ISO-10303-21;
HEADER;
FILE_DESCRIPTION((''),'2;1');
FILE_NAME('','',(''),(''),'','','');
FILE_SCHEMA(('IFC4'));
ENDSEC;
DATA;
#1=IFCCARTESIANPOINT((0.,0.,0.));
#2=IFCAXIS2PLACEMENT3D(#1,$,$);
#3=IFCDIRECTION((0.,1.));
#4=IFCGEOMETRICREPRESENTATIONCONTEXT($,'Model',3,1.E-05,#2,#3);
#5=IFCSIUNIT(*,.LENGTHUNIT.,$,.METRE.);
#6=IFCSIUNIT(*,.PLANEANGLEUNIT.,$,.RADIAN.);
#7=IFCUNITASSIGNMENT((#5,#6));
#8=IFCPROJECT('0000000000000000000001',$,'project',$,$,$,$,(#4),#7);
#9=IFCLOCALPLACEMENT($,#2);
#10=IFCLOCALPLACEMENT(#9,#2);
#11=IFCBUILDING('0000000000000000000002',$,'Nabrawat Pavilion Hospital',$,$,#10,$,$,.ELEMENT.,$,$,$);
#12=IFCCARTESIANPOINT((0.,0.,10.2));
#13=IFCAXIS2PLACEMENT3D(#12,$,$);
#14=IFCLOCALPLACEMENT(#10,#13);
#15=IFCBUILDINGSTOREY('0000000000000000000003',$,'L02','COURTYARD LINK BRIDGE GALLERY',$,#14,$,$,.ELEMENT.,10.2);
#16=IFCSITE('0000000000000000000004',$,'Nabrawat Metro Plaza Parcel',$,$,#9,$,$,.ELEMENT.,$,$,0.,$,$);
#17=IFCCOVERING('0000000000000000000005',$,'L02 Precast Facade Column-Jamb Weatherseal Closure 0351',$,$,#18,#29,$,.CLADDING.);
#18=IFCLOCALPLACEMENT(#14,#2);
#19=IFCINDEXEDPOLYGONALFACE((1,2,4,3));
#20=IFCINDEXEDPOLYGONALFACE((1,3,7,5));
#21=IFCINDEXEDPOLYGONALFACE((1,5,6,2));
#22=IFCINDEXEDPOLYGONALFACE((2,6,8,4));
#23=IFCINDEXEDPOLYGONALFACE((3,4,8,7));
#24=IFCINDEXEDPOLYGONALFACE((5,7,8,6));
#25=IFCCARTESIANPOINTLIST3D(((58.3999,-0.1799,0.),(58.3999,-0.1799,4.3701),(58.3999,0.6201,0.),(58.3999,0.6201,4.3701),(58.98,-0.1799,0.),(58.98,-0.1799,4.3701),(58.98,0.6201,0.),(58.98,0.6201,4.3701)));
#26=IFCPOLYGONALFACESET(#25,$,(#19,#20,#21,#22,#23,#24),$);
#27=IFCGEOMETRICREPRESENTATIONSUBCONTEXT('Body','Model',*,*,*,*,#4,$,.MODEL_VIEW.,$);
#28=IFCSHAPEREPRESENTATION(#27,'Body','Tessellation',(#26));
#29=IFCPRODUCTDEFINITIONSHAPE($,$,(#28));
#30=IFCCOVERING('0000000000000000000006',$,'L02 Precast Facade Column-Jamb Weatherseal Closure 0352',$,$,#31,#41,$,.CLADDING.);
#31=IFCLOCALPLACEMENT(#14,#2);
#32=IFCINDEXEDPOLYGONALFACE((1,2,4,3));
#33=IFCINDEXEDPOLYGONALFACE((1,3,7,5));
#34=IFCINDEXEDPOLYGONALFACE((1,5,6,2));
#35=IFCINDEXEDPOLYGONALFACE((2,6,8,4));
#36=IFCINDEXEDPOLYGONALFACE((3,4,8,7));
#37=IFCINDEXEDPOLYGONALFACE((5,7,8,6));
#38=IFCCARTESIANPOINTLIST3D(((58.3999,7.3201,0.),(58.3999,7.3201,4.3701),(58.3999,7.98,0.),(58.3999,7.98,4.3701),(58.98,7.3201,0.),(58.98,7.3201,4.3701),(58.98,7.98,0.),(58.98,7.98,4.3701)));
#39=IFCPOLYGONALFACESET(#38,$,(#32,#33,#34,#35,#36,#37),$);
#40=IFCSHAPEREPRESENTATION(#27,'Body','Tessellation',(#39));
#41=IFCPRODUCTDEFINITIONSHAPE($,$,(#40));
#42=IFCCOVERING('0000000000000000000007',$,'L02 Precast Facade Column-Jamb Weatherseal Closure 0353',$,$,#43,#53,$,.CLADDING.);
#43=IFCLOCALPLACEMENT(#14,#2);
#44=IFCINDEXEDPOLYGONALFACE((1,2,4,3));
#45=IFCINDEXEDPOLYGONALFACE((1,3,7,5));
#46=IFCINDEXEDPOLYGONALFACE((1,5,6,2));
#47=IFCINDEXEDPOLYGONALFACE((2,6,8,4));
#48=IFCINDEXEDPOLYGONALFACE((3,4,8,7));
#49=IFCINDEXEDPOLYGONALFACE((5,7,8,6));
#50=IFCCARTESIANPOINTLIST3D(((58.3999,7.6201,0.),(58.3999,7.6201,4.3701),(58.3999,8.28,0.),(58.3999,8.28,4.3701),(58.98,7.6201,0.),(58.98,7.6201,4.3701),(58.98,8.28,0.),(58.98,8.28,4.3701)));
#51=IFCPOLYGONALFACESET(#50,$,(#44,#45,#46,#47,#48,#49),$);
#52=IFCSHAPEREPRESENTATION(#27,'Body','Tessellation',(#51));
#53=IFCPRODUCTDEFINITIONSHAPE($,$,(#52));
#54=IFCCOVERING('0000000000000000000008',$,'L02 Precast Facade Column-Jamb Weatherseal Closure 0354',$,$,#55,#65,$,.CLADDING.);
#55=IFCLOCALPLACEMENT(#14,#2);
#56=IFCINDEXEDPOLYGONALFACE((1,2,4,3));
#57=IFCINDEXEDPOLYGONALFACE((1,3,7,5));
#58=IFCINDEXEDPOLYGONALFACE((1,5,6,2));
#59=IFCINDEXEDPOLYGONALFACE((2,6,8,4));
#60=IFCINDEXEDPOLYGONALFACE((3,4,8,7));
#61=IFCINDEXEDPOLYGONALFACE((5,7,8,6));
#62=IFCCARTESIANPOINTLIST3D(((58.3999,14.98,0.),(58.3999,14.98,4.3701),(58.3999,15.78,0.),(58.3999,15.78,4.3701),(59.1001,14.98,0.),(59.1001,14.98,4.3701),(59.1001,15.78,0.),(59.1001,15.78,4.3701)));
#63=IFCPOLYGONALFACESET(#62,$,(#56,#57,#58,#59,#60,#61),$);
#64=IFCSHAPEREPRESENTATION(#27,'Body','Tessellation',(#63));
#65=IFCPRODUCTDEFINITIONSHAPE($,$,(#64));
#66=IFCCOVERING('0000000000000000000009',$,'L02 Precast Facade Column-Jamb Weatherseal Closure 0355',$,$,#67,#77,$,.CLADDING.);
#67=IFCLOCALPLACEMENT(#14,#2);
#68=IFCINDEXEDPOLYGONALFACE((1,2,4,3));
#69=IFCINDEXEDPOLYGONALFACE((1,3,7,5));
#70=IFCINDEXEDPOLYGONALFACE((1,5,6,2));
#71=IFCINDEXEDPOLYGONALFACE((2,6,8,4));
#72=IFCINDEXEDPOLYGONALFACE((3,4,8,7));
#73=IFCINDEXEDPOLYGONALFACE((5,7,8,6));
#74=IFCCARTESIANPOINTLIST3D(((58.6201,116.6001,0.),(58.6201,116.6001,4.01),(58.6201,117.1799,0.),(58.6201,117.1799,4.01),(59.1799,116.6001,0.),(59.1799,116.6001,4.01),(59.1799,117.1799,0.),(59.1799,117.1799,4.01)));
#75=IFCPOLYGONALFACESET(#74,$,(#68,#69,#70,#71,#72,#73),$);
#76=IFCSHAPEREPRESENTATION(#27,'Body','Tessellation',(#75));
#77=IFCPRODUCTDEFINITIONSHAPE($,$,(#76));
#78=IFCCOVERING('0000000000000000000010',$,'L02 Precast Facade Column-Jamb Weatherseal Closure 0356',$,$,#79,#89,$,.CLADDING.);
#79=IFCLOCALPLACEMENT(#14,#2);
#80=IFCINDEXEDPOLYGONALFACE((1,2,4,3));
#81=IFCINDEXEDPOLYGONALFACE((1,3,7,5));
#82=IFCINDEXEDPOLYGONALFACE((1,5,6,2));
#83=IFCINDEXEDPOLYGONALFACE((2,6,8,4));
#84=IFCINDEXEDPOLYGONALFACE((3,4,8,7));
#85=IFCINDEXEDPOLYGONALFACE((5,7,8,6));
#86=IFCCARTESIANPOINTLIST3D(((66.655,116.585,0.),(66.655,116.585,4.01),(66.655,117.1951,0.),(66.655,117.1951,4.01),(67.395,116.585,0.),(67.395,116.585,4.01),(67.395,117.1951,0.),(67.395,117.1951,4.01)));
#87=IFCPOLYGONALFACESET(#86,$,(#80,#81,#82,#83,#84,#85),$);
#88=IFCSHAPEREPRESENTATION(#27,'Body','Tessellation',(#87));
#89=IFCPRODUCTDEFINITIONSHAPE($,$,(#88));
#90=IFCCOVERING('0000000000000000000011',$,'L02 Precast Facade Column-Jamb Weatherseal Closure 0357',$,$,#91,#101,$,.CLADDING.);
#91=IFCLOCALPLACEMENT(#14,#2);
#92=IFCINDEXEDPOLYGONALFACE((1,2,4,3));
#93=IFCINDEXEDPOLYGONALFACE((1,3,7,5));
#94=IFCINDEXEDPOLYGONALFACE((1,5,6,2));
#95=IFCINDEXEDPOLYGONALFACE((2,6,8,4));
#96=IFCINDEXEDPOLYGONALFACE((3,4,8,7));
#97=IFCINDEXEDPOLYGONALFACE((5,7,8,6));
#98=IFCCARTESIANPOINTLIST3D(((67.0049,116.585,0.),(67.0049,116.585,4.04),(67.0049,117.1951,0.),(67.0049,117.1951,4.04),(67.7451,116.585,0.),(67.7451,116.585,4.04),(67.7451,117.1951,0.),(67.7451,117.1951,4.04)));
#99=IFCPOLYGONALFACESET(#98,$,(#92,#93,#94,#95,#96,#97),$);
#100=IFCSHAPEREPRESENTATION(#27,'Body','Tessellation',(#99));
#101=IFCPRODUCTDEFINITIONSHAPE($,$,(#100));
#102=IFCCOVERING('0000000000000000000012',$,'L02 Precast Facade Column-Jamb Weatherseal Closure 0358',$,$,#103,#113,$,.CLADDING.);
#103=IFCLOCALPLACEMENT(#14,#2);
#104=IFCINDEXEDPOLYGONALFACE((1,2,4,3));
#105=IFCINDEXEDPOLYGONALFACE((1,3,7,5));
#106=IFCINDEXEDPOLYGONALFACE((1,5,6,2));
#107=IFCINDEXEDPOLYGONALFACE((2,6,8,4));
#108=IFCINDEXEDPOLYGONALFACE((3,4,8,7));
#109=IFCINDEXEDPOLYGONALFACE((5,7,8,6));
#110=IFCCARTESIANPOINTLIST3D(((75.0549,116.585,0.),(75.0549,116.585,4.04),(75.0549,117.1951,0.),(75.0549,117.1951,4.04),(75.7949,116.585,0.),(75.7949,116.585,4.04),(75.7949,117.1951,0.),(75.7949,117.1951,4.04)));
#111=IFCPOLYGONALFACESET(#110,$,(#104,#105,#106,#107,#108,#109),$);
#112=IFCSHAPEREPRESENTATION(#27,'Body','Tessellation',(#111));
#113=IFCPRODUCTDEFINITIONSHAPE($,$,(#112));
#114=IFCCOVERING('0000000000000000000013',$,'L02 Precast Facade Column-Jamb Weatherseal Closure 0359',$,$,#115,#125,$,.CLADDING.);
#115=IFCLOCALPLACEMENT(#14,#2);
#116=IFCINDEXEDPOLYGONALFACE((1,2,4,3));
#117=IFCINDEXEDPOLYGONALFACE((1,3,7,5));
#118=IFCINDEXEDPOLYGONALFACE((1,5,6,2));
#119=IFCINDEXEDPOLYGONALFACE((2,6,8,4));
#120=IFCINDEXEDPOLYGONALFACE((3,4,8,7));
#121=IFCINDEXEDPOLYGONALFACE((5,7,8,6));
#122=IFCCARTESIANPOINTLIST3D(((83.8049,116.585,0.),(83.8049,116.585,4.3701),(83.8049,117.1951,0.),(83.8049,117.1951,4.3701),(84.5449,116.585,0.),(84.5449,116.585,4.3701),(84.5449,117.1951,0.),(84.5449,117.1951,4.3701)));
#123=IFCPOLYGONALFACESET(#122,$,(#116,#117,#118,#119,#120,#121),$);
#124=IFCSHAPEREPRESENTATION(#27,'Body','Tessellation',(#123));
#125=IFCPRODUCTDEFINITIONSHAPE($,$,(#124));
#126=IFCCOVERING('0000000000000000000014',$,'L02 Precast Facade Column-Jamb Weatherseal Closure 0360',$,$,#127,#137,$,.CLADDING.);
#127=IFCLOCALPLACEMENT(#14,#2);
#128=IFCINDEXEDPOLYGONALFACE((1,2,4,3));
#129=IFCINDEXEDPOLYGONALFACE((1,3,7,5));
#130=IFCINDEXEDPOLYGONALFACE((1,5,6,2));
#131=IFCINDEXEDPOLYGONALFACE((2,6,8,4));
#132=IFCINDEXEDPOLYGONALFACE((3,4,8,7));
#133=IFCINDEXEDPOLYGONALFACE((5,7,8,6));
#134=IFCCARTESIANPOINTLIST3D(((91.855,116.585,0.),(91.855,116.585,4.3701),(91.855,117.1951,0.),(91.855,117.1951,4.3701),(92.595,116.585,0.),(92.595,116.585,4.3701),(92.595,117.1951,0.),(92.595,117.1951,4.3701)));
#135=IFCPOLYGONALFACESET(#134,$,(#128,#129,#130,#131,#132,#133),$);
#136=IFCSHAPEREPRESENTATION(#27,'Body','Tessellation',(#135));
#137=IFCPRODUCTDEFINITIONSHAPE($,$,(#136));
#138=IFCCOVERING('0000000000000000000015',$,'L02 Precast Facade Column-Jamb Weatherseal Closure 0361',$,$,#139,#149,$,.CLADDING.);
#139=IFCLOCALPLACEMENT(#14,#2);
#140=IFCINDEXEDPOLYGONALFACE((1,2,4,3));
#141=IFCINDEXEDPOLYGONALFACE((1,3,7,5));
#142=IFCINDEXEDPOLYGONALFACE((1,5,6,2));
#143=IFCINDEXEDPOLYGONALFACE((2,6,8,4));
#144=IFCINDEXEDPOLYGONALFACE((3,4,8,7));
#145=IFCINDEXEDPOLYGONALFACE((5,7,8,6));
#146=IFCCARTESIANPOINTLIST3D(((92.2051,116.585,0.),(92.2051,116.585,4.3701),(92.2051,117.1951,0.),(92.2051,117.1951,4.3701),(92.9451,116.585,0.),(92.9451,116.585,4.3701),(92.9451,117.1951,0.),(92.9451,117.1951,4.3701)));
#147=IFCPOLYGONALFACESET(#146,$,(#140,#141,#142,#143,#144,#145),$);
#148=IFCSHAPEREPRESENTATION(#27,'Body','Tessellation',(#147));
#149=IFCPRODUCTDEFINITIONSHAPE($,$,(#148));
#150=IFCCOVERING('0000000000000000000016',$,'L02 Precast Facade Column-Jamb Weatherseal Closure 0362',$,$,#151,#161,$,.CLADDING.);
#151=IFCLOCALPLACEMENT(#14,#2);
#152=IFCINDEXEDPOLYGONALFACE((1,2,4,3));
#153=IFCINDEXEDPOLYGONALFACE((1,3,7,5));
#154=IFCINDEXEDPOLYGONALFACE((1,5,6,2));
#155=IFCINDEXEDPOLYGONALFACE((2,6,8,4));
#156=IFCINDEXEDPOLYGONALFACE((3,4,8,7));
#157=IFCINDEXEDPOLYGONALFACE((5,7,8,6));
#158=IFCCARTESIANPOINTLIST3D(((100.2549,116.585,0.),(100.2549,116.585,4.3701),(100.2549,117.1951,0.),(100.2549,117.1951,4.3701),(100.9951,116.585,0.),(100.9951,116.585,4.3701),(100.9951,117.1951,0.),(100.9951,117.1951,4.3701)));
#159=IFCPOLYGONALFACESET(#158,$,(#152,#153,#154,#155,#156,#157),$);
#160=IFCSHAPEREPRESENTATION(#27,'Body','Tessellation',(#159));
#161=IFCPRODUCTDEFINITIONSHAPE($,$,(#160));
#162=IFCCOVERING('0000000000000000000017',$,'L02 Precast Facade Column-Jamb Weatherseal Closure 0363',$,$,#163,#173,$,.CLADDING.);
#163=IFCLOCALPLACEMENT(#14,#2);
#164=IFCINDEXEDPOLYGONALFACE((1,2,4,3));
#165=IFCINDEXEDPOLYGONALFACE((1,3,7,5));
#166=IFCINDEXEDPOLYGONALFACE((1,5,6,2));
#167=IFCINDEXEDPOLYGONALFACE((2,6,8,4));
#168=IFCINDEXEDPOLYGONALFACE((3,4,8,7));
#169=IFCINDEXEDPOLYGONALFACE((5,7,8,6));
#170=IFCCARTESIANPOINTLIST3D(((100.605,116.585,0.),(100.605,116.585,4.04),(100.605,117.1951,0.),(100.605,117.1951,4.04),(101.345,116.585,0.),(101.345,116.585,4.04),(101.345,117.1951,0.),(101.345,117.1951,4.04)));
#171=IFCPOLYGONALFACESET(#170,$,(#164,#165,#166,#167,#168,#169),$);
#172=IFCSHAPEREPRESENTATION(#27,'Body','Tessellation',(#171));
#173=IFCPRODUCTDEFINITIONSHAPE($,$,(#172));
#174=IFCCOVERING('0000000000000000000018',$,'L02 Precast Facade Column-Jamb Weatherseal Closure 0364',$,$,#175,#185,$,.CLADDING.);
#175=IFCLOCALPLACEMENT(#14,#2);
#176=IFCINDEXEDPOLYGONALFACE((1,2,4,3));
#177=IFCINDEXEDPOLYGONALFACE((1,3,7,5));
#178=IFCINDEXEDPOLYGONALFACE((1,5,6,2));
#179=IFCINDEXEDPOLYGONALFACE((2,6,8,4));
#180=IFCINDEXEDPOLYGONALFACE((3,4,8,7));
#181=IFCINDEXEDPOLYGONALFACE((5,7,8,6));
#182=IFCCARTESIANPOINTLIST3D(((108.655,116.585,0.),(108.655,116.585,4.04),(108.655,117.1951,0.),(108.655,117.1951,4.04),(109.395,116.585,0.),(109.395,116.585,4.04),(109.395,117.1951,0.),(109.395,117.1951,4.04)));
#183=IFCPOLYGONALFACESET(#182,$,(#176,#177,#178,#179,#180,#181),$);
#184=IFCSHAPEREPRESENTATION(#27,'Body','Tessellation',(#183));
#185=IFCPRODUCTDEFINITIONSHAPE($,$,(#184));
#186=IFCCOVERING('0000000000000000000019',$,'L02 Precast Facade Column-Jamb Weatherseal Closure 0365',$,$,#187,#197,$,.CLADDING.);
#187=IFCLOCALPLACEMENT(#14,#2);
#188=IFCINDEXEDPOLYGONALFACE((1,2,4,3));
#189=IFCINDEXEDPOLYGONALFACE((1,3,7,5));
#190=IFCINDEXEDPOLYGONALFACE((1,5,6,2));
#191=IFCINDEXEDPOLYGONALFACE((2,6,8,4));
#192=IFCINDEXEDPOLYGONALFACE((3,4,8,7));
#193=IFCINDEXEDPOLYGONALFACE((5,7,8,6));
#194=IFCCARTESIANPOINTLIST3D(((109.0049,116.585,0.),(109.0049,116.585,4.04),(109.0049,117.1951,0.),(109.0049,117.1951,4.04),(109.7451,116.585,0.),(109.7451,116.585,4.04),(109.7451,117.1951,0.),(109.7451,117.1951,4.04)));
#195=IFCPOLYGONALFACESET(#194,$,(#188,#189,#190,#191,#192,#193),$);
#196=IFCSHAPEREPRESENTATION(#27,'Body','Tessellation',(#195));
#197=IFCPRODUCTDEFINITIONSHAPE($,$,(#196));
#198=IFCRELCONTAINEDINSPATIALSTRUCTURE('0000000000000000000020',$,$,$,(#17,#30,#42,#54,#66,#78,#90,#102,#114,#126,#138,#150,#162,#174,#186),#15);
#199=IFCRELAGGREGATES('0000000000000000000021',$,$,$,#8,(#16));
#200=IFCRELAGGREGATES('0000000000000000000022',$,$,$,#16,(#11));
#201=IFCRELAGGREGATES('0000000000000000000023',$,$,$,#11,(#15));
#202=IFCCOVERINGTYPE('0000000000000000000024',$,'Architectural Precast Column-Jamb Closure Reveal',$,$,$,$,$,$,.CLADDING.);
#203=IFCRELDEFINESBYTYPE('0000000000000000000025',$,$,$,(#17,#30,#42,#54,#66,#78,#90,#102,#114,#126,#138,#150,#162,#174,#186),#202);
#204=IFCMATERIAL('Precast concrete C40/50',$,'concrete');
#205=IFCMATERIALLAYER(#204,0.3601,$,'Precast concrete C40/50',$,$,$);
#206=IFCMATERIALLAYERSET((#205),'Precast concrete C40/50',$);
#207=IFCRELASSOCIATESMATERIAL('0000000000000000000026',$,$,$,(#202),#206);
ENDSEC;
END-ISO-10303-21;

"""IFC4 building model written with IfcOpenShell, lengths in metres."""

from ifc_helpers import new_model, si_unit, direction, frame, origin, place, context, subcontext, project, spatial, polyline, outline, extrude, material, layer, layer_set, type_object, element, save


model = new_model("IFC4")

# Units and contexts
model_context = context("Model", 3, precision=1e-05, world=origin(), true_north=direction((0.0, 1.0)))
body_context = subcontext(model_context, "Body", "Model", "MODEL_VIEW")
ifc_project = project(units=[si_unit("LENGTHUNIT", "METRE"), si_unit("PLANEANGLEUNIT", "RADIAN")], contexts=[model_context])

# Site, building, storey
site_placement = place(None, origin())
site = spatial("IfcSite", under=ifc_project, at=site_placement, Name="Nabrawat Metro Plaza Parcel", CompositionType="ELEMENT", RefElevation=0.0)
building_placement = place(site_placement, origin())
building = spatial("IfcBuilding", under=site, at=building_placement, Name="Nabrawat Pavilion Hospital", CompositionType="ELEMENT")
storey_placement = place(building_placement, frame((0.0, 0.0, 10.2)))
storey = spatial("IfcBuildingStorey", under=building, at=storey_placement, Name="L02", Description="COURTYARD LINK BRIDGE GALLERY", CompositionType="ELEMENT", Elevation=10.2)

# Coverings
ifc_material = material(Name="Precast concrete C40/50", Category="concrete")
ifc_layer = layer(ifc_material, 0.3601, Name="Precast concrete C40/50")
ifc_layer_set = layer_set([ifc_layer], Name="Precast concrete C40/50")
covering_type = type_object("IfcCoveringType", Name="Architectural Precast Column-Jamb Closure Reveal", PredefinedType="CLADDING", material=ifc_layer_set)
covering_1_placement = place(storey_placement, origin())
element("IfcCovering", 1, at=covering_1_placement, inside=storey, type_object=covering_type, Name="L02 Precast Facade Column-Jamb Weatherseal Closure 0351", PredefinedType="CLADDING", context=body_context, shape_type="SweptSolid", body=[
    extrude(outline(polyline([(58.98, -0.1799), (58.98, 0.6201), (58.3999, 0.6201), (58.3999, -0.1799), (58.98, -0.1799)])), origin(), (0.0, 0.0, 1.0), 4.3701),
])
covering_2_placement = place(storey_placement, origin())
element("IfcCovering", 2, at=covering_2_placement, inside=storey, type_object=covering_type, Name="L02 Precast Facade Column-Jamb Weatherseal Closure 0352", PredefinedType="CLADDING", context=body_context, shape_type="SweptSolid", body=[
    extrude(outline(polyline([(58.98, 7.3201), (58.98, 7.98), (58.3999, 7.98), (58.3999, 7.3201), (58.98, 7.3201)])), origin(), (0.0, 0.0, 1.0), 4.3701),
])
covering_3_placement = place(storey_placement, origin())
element("IfcCovering", 3, at=covering_3_placement, inside=storey, type_object=covering_type, Name="L02 Precast Facade Column-Jamb Weatherseal Closure 0353", PredefinedType="CLADDING", context=body_context, shape_type="SweptSolid", body=[
    extrude(outline(polyline([(58.98, 7.6201), (58.98, 8.28), (58.3999, 8.28), (58.3999, 7.6201), (58.98, 7.6201)])), origin(), (0.0, 0.0, 1.0), 4.3701),
])
covering_4_placement = place(storey_placement, origin())
element("IfcCovering", 4, at=covering_4_placement, inside=storey, type_object=covering_type, Name="L02 Precast Facade Column-Jamb Weatherseal Closure 0354", PredefinedType="CLADDING", context=body_context, shape_type="SweptSolid", body=[
    extrude(outline(polyline([(59.1001, 14.98), (59.1001, 15.78), (58.3999, 15.78), (58.3999, 14.98), (59.1001, 14.98)])), origin(), (0.0, 0.0, 1.0), 4.3701),
])
covering_5_placement = place(storey_placement, origin())
element("IfcCovering", 5, at=covering_5_placement, inside=storey, type_object=covering_type, Name="L02 Precast Facade Column-Jamb Weatherseal Closure 0355", PredefinedType="CLADDING", context=body_context, shape_type="SweptSolid", body=[
    extrude(outline(polyline([(59.1799, 116.6001), (59.1799, 117.1799), (58.6201, 117.1799), (58.6201, 116.6001), (59.1799, 116.6001)])), origin(), (0.0, 0.0, 1.0), 4.01),
])
covering_6_placement = place(storey_placement, origin())
element("IfcCovering", 6, at=covering_6_placement, inside=storey, type_object=covering_type, Name="L02 Precast Facade Column-Jamb Weatherseal Closure 0356", PredefinedType="CLADDING", context=body_context, shape_type="SweptSolid", body=[
    extrude(outline(polyline([(67.395, 116.585), (67.395, 117.1951), (66.655, 117.1951), (66.655, 116.585), (67.395, 116.585)])), origin(), (0.0, 0.0, 1.0), 4.01),
])
covering_7_placement = place(storey_placement, origin())
element("IfcCovering", 7, at=covering_7_placement, inside=storey, type_object=covering_type, Name="L02 Precast Facade Column-Jamb Weatherseal Closure 0357", PredefinedType="CLADDING", context=body_context, shape_type="SweptSolid", body=[
    extrude(outline(polyline([(67.7451, 116.585), (67.7451, 117.1951), (67.0049, 117.1951), (67.0049, 116.585), (67.7451, 116.585)])), origin(), (0.0, 0.0, 1.0), 4.04),
])
covering_8_placement = place(storey_placement, origin())
element("IfcCovering", 8, at=covering_8_placement, inside=storey, type_object=covering_type, Name="L02 Precast Facade Column-Jamb Weatherseal Closure 0358", PredefinedType="CLADDING", context=body_context, shape_type="SweptSolid", body=[
    extrude(outline(polyline([(75.7949, 116.585), (75.7949, 117.1951), (75.0549, 117.1951), (75.0549, 116.585), (75.7949, 116.585)])), origin(), (0.0, 0.0, 1.0), 4.04),
])
covering_9_placement = place(storey_placement, origin())
element("IfcCovering", 9, at=covering_9_placement, inside=storey, type_object=covering_type, Name="L02 Precast Facade Column-Jamb Weatherseal Closure 0359", PredefinedType="CLADDING", context=body_context, shape_type="SweptSolid", body=[
    extrude(outline(polyline([(84.5449, 116.585), (84.5449, 117.1951), (83.8049, 117.1951), (83.8049, 116.585), (84.5449, 116.585)])), origin(), (0.0, 0.0, 1.0), 4.3701),
])
covering_10_placement = place(storey_placement, origin())
element("IfcCovering", 10, at=covering_10_placement, inside=storey, type_object=covering_type, Name="L02 Precast Facade Column-Jamb Weatherseal Closure 0360", PredefinedType="CLADDING", context=body_context, shape_type="SweptSolid", body=[
    extrude(outline(polyline([(92.595, 116.585), (92.595, 117.1951), (91.855, 117.1951), (91.855, 116.585), (92.595, 116.585)])), origin(), (0.0, 0.0, 1.0), 4.3701),
])
covering_11_placement = place(storey_placement, origin())
element("IfcCovering", 11, at=covering_11_placement, inside=storey, type_object=covering_type, Name="L02 Precast Facade Column-Jamb Weatherseal Closure 0361", PredefinedType="CLADDING", context=body_context, shape_type="SweptSolid", body=[
    extrude(outline(polyline([(92.9451, 116.585), (92.9451, 117.1951), (92.2051, 117.1951), (92.2051, 116.585), (92.9451, 116.585)])), origin(), (0.0, 0.0, 1.0), 4.3701),
])
covering_12_placement = place(storey_placement, origin())
element("IfcCovering", 12, at=covering_12_placement, inside=storey, type_object=covering_type, Name="L02 Precast Facade Column-Jamb Weatherseal Closure 0362", PredefinedType="CLADDING", context=body_context, shape_type="SweptSolid", body=[
    extrude(outline(polyline([(100.9951, 116.585), (100.9951, 117.1951), (100.2549, 117.1951), (100.2549, 116.585), (100.9951, 116.585)])), origin(), (0.0, 0.0, 1.0), 4.3701),
])
covering_13_placement = place(storey_placement, origin())
element("IfcCovering", 13, at=covering_13_placement, inside=storey, type_object=covering_type, Name="L02 Precast Facade Column-Jamb Weatherseal Closure 0363", PredefinedType="CLADDING", context=body_context, shape_type="SweptSolid", body=[
    extrude(outline(polyline([(101.345, 116.585), (101.345, 117.1951), (100.605, 117.1951), (100.605, 116.585), (101.345, 116.585)])), origin(), (0.0, 0.0, 1.0), 4.04),
])
covering_14_placement = place(storey_placement, origin())
element("IfcCovering", 14, at=covering_14_placement, inside=storey, type_object=covering_type, Name="L02 Precast Facade Column-Jamb Weatherseal Closure 0364", PredefinedType="CLADDING", context=body_context, shape_type="SweptSolid", body=[
    extrude(outline(polyline([(109.395, 116.585), (109.395, 117.1951), (108.655, 117.1951), (108.655, 116.585), (109.395, 116.585)])), origin(), (0.0, 0.0, 1.0), 4.04),
])
covering_15_placement = place(storey_placement, origin())
element("IfcCovering", 15, at=covering_15_placement, inside=storey, type_object=covering_type, Name="L02 Precast Facade Column-Jamb Weatherseal Closure 0365", PredefinedType="CLADDING", context=body_context, shape_type="SweptSolid", body=[
    extrude(outline(polyline([(109.7451, 116.585), (109.7451, 117.1951), (109.0049, 117.1951), (109.0049, 116.585), (109.7451, 116.585)])), origin(), (0.0, 0.0, 1.0), 4.04),
])

save(model, "model.ifc")
